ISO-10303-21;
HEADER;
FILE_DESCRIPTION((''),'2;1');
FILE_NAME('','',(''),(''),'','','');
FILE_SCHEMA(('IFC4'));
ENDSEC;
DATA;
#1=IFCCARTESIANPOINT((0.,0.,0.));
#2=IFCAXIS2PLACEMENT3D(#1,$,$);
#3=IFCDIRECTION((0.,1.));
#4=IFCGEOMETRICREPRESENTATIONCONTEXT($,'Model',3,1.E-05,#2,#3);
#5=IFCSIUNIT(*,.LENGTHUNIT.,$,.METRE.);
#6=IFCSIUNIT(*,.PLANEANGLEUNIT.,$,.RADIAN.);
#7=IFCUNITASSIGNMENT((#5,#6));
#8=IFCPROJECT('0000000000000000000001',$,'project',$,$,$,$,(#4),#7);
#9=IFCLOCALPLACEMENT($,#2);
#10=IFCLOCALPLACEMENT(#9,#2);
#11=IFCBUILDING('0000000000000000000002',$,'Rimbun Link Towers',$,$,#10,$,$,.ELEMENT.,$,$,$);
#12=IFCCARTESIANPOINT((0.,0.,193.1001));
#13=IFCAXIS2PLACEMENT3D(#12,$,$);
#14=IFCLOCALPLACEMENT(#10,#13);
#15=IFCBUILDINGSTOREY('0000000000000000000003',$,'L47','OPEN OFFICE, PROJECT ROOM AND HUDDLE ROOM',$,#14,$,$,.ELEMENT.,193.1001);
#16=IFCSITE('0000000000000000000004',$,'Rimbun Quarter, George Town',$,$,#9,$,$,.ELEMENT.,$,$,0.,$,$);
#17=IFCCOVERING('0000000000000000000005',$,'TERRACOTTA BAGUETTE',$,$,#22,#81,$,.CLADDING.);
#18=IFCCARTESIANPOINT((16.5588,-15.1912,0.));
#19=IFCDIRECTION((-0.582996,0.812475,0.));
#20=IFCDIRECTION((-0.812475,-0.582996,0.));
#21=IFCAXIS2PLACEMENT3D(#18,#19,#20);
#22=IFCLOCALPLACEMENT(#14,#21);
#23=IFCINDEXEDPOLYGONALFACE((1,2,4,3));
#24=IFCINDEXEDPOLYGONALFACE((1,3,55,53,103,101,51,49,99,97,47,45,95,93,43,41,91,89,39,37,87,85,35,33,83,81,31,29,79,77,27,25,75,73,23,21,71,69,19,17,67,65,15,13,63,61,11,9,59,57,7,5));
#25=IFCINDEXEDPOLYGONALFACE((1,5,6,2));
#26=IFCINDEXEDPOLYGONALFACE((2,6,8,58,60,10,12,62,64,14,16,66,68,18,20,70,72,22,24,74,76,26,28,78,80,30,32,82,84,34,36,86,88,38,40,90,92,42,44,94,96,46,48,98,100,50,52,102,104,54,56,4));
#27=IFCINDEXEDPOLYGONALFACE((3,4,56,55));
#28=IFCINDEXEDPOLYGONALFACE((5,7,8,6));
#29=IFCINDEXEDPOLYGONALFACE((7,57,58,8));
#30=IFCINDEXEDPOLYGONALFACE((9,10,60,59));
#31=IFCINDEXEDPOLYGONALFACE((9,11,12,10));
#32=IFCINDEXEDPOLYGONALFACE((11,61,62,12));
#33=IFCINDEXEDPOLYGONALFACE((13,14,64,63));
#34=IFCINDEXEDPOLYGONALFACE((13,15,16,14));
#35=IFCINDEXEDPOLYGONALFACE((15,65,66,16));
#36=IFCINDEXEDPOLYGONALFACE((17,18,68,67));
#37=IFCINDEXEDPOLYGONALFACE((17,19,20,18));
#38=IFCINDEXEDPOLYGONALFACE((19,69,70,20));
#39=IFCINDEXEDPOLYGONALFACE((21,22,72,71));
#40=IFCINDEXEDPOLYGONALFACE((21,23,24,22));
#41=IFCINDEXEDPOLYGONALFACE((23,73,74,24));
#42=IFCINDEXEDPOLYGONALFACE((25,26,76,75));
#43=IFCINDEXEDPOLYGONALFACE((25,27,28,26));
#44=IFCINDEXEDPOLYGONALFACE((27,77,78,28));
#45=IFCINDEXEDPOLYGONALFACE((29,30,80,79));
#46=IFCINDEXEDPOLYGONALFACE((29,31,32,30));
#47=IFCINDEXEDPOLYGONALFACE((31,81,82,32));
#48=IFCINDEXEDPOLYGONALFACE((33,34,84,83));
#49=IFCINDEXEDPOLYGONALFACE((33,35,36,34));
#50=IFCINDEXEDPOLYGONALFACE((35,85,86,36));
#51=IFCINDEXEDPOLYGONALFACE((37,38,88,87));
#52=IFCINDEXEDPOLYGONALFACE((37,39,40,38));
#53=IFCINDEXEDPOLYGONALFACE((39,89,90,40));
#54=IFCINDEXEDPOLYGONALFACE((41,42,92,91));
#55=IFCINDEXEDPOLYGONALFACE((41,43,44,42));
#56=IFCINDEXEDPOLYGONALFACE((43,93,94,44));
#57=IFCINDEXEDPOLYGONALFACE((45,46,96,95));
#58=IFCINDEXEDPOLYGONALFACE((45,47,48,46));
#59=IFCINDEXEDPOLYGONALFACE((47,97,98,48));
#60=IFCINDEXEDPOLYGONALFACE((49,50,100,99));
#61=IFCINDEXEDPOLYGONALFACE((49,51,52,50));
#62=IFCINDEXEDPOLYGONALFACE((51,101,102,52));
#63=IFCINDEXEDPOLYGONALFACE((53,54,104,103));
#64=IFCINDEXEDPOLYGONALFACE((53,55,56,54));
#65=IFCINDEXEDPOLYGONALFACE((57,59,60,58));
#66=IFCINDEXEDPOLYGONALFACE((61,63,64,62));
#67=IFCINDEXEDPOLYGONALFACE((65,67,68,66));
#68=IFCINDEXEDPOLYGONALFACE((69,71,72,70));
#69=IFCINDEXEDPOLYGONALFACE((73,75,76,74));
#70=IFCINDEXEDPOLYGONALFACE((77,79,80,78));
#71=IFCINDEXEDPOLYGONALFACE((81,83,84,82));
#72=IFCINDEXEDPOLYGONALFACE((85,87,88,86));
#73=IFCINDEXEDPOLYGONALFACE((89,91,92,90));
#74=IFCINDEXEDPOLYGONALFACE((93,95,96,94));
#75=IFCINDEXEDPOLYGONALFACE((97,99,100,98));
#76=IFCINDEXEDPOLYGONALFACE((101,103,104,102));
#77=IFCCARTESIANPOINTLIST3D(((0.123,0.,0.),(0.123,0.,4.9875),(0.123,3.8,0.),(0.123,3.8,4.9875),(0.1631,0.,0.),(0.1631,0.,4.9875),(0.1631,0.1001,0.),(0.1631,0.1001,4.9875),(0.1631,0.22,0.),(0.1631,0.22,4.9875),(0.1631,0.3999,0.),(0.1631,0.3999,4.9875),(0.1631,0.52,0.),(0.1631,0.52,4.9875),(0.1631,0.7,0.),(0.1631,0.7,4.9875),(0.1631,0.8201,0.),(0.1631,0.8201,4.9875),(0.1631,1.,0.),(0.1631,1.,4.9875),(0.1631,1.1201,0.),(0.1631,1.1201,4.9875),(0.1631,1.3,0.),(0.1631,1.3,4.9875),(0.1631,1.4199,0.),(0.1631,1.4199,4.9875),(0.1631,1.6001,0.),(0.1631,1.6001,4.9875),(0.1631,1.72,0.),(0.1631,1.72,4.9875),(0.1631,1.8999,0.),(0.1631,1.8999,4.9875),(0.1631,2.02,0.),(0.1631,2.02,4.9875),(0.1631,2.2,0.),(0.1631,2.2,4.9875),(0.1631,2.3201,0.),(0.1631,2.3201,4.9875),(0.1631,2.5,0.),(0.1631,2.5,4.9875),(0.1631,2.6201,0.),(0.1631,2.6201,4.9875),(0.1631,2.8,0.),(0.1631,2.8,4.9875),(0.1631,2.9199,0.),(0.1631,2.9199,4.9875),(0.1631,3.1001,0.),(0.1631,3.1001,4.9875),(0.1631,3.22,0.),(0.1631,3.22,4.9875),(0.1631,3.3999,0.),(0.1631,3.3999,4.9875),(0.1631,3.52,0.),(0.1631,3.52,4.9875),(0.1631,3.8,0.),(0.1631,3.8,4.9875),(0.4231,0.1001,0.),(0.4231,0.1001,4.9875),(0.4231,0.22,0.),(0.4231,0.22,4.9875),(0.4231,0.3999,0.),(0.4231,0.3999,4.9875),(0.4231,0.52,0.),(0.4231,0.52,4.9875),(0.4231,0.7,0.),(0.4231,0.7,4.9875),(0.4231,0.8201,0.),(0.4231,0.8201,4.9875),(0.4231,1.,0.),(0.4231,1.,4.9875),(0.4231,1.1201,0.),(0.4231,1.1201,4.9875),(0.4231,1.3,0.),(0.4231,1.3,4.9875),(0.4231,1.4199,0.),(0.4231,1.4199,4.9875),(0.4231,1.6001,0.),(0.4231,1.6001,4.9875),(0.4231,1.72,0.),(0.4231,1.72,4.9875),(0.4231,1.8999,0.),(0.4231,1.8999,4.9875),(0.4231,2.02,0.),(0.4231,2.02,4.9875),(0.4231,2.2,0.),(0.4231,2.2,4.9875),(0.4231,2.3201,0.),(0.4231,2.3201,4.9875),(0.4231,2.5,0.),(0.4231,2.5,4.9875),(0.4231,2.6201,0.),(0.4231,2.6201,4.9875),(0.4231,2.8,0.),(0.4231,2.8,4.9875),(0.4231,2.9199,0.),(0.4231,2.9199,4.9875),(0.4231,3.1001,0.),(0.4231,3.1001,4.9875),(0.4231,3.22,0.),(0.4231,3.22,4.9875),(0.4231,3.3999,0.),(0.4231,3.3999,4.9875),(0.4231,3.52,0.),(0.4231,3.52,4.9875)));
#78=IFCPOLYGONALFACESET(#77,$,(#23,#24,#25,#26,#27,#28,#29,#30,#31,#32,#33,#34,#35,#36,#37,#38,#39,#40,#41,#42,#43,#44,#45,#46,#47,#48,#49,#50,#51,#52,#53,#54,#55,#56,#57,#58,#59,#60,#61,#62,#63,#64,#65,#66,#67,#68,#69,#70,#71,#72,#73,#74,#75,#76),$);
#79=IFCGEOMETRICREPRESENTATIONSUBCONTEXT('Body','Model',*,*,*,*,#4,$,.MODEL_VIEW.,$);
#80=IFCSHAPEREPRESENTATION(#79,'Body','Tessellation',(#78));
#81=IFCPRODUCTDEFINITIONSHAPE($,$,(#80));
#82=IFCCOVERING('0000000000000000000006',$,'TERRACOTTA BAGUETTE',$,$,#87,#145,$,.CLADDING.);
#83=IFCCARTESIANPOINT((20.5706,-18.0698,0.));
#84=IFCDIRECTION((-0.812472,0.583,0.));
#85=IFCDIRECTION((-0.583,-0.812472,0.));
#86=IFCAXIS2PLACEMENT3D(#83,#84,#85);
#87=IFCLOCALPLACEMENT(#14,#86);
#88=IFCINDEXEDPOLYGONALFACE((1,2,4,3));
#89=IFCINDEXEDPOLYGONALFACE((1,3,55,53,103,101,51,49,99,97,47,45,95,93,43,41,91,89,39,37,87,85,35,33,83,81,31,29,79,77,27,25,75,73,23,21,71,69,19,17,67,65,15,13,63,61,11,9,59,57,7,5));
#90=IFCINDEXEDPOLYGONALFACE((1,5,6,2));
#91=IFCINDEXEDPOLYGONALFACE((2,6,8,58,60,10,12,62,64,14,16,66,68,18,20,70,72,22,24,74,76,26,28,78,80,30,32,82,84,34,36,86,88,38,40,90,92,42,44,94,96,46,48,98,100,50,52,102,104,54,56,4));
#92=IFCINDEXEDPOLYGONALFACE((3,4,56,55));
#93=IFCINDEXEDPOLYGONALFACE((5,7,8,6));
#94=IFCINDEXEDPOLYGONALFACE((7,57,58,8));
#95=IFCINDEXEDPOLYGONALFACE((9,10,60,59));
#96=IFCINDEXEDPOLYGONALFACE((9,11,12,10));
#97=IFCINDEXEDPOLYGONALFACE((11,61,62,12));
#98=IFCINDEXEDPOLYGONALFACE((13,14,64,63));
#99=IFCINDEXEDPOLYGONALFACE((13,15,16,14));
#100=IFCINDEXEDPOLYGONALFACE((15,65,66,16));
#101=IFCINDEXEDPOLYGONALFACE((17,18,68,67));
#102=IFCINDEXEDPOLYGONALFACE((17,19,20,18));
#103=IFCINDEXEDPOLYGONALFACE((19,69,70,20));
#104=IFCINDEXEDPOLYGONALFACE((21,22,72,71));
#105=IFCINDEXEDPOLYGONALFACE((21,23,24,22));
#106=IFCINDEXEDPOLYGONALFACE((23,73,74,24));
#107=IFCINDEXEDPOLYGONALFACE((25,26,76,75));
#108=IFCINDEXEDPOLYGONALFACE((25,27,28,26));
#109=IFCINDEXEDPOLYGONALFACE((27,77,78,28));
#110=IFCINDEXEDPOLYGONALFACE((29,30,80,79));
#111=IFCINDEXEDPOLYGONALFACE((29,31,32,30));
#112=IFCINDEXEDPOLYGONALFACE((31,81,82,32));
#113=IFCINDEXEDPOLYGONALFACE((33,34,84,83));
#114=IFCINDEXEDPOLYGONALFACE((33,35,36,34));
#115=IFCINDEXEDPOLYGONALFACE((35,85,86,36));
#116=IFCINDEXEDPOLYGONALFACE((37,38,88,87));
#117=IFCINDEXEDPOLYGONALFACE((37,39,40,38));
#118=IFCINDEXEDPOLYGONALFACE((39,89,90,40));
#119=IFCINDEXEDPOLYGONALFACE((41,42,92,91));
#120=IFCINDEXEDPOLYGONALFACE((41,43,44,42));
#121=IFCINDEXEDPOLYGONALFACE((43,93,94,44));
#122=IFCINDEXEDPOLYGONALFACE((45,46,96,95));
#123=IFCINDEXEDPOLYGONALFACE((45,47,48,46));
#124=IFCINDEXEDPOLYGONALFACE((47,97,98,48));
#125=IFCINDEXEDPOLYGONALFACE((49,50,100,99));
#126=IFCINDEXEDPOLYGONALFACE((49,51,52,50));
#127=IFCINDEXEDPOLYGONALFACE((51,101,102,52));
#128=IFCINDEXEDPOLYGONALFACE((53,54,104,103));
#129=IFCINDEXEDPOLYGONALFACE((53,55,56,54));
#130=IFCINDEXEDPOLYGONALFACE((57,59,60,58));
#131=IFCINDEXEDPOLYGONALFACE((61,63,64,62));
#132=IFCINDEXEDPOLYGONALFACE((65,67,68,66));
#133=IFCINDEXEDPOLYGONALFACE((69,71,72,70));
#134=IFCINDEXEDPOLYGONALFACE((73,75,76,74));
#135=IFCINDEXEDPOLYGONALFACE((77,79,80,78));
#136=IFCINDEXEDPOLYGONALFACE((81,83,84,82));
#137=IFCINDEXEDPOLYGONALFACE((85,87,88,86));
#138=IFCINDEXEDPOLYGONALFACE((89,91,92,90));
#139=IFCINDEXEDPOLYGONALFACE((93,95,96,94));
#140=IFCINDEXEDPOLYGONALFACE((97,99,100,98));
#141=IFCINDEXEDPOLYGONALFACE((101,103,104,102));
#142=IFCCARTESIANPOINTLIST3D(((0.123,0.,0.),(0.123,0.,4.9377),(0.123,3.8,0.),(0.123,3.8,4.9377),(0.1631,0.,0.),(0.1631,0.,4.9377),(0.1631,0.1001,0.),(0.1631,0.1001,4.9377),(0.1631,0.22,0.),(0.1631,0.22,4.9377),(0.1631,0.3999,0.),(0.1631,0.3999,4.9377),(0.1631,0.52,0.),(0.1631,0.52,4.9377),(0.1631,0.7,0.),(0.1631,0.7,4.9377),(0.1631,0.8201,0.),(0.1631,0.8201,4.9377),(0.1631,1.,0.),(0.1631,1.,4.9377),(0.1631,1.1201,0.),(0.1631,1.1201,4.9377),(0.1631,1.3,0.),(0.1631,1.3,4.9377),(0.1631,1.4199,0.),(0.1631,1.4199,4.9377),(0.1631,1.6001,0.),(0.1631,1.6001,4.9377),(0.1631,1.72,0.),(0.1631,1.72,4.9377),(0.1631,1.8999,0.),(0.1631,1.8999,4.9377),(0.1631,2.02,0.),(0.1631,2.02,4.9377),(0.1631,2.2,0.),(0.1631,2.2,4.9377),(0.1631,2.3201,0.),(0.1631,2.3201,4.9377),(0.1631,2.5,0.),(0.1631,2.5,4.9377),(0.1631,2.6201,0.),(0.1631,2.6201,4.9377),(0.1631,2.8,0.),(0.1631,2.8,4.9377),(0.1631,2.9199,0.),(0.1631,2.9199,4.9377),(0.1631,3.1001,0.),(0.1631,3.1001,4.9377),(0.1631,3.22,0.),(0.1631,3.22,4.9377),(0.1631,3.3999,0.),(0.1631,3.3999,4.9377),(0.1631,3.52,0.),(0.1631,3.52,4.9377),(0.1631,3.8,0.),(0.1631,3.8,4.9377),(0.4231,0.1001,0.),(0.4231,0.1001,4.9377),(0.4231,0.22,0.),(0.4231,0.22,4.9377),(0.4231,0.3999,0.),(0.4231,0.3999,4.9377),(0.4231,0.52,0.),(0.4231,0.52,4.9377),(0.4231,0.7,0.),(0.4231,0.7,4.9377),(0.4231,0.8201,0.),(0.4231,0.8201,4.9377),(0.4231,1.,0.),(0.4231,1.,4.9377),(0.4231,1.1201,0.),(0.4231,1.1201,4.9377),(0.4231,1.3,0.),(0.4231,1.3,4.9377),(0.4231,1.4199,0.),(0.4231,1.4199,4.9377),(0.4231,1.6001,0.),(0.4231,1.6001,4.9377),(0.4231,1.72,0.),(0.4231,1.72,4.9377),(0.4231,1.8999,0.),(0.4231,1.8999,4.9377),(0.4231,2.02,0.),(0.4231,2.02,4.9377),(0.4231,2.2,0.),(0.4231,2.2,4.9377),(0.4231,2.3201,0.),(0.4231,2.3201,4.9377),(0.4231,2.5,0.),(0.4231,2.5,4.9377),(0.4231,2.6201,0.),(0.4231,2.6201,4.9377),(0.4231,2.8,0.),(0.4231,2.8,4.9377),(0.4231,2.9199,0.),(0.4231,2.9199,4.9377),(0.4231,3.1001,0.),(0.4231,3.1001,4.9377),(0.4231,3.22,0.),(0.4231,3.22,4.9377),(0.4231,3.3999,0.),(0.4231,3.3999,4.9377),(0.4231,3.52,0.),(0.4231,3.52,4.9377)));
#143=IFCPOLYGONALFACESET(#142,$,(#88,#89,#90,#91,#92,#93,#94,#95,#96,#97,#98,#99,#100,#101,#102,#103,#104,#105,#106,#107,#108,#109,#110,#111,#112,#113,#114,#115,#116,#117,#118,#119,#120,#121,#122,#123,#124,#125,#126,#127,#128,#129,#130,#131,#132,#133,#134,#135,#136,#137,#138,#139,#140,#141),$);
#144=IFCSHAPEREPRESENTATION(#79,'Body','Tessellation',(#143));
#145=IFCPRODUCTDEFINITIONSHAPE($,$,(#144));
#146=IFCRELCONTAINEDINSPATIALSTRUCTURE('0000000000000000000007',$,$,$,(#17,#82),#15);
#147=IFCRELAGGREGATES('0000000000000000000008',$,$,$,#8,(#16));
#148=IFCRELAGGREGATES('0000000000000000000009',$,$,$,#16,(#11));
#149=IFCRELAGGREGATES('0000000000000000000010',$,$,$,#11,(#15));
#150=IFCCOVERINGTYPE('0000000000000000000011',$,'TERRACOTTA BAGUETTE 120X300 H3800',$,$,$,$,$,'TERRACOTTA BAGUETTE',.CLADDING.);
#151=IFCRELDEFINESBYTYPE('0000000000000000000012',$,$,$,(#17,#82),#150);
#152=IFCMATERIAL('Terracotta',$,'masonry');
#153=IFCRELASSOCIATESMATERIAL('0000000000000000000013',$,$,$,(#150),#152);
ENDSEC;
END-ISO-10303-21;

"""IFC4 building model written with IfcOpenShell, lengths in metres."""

from ifc_helpers import new_model, si_unit, direction, frame, origin, place, context, subcontext, project, spatial, polyline, outline, extrude, material, material_profile, profile_set, type_object, element, save


model = new_model("IFC4")

# Units and contexts
model_context = context("Model", 3, precision=1e-05, world=origin(), true_north=direction((0.0, 1.0)))
body_context = subcontext(model_context, "Body", "Model", "MODEL_VIEW")
ifc_project = project(units=[si_unit("LENGTHUNIT", "METRE"), si_unit("PLANEANGLEUNIT", "RADIAN")], contexts=[model_context])

# Site, building, storey
site_placement = place(None, origin())
site = spatial("IfcSite", under=ifc_project, at=site_placement, Name="Rimbun Quarter, George Town", CompositionType="ELEMENT", RefElevation=0.0)
building_placement = place(site_placement, origin())
building = spatial("IfcBuilding", under=site, at=building_placement, Name="Rimbun Link Towers", CompositionType="ELEMENT")
storey_placement = place(building_placement, frame((0.0, 0.0, 193.1001)))
storey = spatial("IfcBuildingStorey", under=building, at=storey_placement, Name="L47", Description="OPEN OFFICE, PROJECT ROOM AND HUDDLE ROOM", CompositionType="ELEMENT", Elevation=193.1001)

# Coverings
ifc_material_1 = material(Name="Terracotta", Category="masonry")
ifc_material_profile_1 = material_profile(ifc_material_1, outline(polyline([(0.123, 0.0), (0.1631, 0.0), (0.1631, 0.1001), (0.4231, 0.1001), (0.4231, 0.22), (0.1631, 0.22), (0.1631, 0.3999), (0.4231, 0.3999), (0.4231, 0.52), (0.1631, 0.52), (0.1631, 0.7), (0.4231, 0.7), (0.4231, 0.8201), (0.1631, 0.8201), (0.1631, 1.0), (0.4231, 1.0), (0.4231, 1.1201), (0.1631, 1.1201), (0.1631, 1.3), (0.4231, 1.3), (0.4231, 1.4199), (0.1631, 1.4199), (0.1631, 1.6001), (0.4231, 1.6001), (0.4231, 1.72), (0.1631, 1.72), (0.1631, 1.8999), (0.4231, 1.8999), (0.4231, 2.02), (0.1631, 2.02), (0.1631, 2.2), (0.4231, 2.2), (0.4231, 2.3201), (0.1631, 2.3201), (0.1631, 2.5), (0.4231, 2.5), (0.4231, 2.6201), (0.1631, 2.6201), (0.1631, 2.8), (0.4231, 2.8), (0.4231, 2.9199), (0.1631, 2.9199), (0.1631, 3.1001), (0.4231, 3.1001), (0.4231, 3.22), (0.1631, 3.22), (0.1631, 3.3999), (0.4231, 3.3999), (0.4231, 3.52), (0.1631, 3.52), (0.1631, 3.8), (0.123, 3.8), (0.123, 0.0)])), Name="BAGUETTE 120X300")
ifc_profile_set_1 = profile_set([ifc_material_profile_1], Name="Terracotta")
covering_type = type_object("IfcCoveringType", Name="TERRACOTTA BAGUETTE 120X300 H3800", ElementType="TERRACOTTA BAGUETTE", PredefinedType="CLADDING", material=ifc_profile_set_1)
covering_1_placement = place(storey_placement, frame((16.5588, -15.1912, 0.0), z_axis=(-0.582996, 0.812475, 0.0), x_axis=(-0.812475, -0.582996, 0.0)))
element("IfcCovering", 1, at=covering_1_placement, inside=storey, type_object=covering_type, Name="TERRACOTTA BAGUETTE", PredefinedType="CLADDING", context=body_context, shape_type="SweptSolid", body=[
    extrude(outline(polyline([(0.123, 0.0), (0.1631, 0.0), (0.1631, 0.1001), (0.4231, 0.1001), (0.4231, 0.22), (0.1631, 0.22), (0.1631, 0.3999), (0.4231, 0.3999), (0.4231, 0.52), (0.1631, 0.52), (0.1631, 0.7), (0.4231, 0.7), (0.4231, 0.8201), (0.1631, 0.8201), (0.1631, 1.0), (0.4231, 1.0), (0.4231, 1.1201), (0.1631, 1.1201), (0.1631, 1.3), (0.4231, 1.3), (0.4231, 1.4199), (0.1631, 1.4199), (0.1631, 1.6001), (0.4231, 1.6001), (0.4231, 1.72), (0.1631, 1.72), (0.1631, 1.8999), (0.4231, 1.8999), (0.4231, 2.02), (0.1631, 2.02), (0.1631, 2.2), (0.4231, 2.2), (0.4231, 2.3201), (0.1631, 2.3201), (0.1631, 2.5), (0.4231, 2.5), (0.4231, 2.6201), (0.1631, 2.6201), (0.1631, 2.8), (0.4231, 2.8), (0.4231, 2.9199), (0.1631, 2.9199), (0.1631, 3.1001), (0.4231, 3.1001), (0.4231, 3.22), (0.1631, 3.22), (0.1631, 3.3999), (0.4231, 3.3999), (0.4231, 3.52), (0.1631, 3.52), (0.1631, 3.8), (0.123, 3.8), (0.123, 0.0)])), origin(), (0.0, 0.0, 1.0), 4.9875),
])
covering_2_placement = place(storey_placement, frame((20.5706, -18.0698, 0.0), z_axis=(-0.812472, 0.583, 0.0), x_axis=(-0.583, -0.812472, 0.0)))
element("IfcCovering", 2, at=covering_2_placement, inside=storey, type_object=covering_type, Name="TERRACOTTA BAGUETTE", PredefinedType="CLADDING", context=body_context, shape_type="SweptSolid", body=[
    extrude(outline(polyline([(0.123, 0.0), (0.1631, 0.0), (0.1631, 0.1001), (0.4231, 0.1001), (0.4231, 0.22), (0.1631, 0.22), (0.1631, 0.3999), (0.4231, 0.3999), (0.4231, 0.52), (0.1631, 0.52), (0.1631, 0.7), (0.4231, 0.7), (0.4231, 0.8201), (0.1631, 0.8201), (0.1631, 1.0), (0.4231, 1.0), (0.4231, 1.1201), (0.1631, 1.1201), (0.1631, 1.3), (0.4231, 1.3), (0.4231, 1.4199), (0.1631, 1.4199), (0.1631, 1.6001), (0.4231, 1.6001), (0.4231, 1.72), (0.1631, 1.72), (0.1631, 1.8999), (0.4231, 1.8999), (0.4231, 2.02), (0.1631, 2.02), (0.1631, 2.2), (0.4231, 2.2), (0.4231, 2.3201), (0.1631, 2.3201), (0.1631, 2.5), (0.4231, 2.5), (0.4231, 2.6201), (0.1631, 2.6201), (0.1631, 2.8), (0.4231, 2.8), (0.4231, 2.9199), (0.1631, 2.9199), (0.1631, 3.1001), (0.4231, 3.1001), (0.4231, 3.22), (0.1631, 3.22), (0.1631, 3.3999), (0.4231, 3.3999), (0.4231, 3.52), (0.1631, 3.52), (0.1631, 3.8), (0.123, 3.8), (0.123, 0.0)])), origin(), (0.0, 0.0, 1.0), 4.9377),
])

save(model, "model.ifc")
